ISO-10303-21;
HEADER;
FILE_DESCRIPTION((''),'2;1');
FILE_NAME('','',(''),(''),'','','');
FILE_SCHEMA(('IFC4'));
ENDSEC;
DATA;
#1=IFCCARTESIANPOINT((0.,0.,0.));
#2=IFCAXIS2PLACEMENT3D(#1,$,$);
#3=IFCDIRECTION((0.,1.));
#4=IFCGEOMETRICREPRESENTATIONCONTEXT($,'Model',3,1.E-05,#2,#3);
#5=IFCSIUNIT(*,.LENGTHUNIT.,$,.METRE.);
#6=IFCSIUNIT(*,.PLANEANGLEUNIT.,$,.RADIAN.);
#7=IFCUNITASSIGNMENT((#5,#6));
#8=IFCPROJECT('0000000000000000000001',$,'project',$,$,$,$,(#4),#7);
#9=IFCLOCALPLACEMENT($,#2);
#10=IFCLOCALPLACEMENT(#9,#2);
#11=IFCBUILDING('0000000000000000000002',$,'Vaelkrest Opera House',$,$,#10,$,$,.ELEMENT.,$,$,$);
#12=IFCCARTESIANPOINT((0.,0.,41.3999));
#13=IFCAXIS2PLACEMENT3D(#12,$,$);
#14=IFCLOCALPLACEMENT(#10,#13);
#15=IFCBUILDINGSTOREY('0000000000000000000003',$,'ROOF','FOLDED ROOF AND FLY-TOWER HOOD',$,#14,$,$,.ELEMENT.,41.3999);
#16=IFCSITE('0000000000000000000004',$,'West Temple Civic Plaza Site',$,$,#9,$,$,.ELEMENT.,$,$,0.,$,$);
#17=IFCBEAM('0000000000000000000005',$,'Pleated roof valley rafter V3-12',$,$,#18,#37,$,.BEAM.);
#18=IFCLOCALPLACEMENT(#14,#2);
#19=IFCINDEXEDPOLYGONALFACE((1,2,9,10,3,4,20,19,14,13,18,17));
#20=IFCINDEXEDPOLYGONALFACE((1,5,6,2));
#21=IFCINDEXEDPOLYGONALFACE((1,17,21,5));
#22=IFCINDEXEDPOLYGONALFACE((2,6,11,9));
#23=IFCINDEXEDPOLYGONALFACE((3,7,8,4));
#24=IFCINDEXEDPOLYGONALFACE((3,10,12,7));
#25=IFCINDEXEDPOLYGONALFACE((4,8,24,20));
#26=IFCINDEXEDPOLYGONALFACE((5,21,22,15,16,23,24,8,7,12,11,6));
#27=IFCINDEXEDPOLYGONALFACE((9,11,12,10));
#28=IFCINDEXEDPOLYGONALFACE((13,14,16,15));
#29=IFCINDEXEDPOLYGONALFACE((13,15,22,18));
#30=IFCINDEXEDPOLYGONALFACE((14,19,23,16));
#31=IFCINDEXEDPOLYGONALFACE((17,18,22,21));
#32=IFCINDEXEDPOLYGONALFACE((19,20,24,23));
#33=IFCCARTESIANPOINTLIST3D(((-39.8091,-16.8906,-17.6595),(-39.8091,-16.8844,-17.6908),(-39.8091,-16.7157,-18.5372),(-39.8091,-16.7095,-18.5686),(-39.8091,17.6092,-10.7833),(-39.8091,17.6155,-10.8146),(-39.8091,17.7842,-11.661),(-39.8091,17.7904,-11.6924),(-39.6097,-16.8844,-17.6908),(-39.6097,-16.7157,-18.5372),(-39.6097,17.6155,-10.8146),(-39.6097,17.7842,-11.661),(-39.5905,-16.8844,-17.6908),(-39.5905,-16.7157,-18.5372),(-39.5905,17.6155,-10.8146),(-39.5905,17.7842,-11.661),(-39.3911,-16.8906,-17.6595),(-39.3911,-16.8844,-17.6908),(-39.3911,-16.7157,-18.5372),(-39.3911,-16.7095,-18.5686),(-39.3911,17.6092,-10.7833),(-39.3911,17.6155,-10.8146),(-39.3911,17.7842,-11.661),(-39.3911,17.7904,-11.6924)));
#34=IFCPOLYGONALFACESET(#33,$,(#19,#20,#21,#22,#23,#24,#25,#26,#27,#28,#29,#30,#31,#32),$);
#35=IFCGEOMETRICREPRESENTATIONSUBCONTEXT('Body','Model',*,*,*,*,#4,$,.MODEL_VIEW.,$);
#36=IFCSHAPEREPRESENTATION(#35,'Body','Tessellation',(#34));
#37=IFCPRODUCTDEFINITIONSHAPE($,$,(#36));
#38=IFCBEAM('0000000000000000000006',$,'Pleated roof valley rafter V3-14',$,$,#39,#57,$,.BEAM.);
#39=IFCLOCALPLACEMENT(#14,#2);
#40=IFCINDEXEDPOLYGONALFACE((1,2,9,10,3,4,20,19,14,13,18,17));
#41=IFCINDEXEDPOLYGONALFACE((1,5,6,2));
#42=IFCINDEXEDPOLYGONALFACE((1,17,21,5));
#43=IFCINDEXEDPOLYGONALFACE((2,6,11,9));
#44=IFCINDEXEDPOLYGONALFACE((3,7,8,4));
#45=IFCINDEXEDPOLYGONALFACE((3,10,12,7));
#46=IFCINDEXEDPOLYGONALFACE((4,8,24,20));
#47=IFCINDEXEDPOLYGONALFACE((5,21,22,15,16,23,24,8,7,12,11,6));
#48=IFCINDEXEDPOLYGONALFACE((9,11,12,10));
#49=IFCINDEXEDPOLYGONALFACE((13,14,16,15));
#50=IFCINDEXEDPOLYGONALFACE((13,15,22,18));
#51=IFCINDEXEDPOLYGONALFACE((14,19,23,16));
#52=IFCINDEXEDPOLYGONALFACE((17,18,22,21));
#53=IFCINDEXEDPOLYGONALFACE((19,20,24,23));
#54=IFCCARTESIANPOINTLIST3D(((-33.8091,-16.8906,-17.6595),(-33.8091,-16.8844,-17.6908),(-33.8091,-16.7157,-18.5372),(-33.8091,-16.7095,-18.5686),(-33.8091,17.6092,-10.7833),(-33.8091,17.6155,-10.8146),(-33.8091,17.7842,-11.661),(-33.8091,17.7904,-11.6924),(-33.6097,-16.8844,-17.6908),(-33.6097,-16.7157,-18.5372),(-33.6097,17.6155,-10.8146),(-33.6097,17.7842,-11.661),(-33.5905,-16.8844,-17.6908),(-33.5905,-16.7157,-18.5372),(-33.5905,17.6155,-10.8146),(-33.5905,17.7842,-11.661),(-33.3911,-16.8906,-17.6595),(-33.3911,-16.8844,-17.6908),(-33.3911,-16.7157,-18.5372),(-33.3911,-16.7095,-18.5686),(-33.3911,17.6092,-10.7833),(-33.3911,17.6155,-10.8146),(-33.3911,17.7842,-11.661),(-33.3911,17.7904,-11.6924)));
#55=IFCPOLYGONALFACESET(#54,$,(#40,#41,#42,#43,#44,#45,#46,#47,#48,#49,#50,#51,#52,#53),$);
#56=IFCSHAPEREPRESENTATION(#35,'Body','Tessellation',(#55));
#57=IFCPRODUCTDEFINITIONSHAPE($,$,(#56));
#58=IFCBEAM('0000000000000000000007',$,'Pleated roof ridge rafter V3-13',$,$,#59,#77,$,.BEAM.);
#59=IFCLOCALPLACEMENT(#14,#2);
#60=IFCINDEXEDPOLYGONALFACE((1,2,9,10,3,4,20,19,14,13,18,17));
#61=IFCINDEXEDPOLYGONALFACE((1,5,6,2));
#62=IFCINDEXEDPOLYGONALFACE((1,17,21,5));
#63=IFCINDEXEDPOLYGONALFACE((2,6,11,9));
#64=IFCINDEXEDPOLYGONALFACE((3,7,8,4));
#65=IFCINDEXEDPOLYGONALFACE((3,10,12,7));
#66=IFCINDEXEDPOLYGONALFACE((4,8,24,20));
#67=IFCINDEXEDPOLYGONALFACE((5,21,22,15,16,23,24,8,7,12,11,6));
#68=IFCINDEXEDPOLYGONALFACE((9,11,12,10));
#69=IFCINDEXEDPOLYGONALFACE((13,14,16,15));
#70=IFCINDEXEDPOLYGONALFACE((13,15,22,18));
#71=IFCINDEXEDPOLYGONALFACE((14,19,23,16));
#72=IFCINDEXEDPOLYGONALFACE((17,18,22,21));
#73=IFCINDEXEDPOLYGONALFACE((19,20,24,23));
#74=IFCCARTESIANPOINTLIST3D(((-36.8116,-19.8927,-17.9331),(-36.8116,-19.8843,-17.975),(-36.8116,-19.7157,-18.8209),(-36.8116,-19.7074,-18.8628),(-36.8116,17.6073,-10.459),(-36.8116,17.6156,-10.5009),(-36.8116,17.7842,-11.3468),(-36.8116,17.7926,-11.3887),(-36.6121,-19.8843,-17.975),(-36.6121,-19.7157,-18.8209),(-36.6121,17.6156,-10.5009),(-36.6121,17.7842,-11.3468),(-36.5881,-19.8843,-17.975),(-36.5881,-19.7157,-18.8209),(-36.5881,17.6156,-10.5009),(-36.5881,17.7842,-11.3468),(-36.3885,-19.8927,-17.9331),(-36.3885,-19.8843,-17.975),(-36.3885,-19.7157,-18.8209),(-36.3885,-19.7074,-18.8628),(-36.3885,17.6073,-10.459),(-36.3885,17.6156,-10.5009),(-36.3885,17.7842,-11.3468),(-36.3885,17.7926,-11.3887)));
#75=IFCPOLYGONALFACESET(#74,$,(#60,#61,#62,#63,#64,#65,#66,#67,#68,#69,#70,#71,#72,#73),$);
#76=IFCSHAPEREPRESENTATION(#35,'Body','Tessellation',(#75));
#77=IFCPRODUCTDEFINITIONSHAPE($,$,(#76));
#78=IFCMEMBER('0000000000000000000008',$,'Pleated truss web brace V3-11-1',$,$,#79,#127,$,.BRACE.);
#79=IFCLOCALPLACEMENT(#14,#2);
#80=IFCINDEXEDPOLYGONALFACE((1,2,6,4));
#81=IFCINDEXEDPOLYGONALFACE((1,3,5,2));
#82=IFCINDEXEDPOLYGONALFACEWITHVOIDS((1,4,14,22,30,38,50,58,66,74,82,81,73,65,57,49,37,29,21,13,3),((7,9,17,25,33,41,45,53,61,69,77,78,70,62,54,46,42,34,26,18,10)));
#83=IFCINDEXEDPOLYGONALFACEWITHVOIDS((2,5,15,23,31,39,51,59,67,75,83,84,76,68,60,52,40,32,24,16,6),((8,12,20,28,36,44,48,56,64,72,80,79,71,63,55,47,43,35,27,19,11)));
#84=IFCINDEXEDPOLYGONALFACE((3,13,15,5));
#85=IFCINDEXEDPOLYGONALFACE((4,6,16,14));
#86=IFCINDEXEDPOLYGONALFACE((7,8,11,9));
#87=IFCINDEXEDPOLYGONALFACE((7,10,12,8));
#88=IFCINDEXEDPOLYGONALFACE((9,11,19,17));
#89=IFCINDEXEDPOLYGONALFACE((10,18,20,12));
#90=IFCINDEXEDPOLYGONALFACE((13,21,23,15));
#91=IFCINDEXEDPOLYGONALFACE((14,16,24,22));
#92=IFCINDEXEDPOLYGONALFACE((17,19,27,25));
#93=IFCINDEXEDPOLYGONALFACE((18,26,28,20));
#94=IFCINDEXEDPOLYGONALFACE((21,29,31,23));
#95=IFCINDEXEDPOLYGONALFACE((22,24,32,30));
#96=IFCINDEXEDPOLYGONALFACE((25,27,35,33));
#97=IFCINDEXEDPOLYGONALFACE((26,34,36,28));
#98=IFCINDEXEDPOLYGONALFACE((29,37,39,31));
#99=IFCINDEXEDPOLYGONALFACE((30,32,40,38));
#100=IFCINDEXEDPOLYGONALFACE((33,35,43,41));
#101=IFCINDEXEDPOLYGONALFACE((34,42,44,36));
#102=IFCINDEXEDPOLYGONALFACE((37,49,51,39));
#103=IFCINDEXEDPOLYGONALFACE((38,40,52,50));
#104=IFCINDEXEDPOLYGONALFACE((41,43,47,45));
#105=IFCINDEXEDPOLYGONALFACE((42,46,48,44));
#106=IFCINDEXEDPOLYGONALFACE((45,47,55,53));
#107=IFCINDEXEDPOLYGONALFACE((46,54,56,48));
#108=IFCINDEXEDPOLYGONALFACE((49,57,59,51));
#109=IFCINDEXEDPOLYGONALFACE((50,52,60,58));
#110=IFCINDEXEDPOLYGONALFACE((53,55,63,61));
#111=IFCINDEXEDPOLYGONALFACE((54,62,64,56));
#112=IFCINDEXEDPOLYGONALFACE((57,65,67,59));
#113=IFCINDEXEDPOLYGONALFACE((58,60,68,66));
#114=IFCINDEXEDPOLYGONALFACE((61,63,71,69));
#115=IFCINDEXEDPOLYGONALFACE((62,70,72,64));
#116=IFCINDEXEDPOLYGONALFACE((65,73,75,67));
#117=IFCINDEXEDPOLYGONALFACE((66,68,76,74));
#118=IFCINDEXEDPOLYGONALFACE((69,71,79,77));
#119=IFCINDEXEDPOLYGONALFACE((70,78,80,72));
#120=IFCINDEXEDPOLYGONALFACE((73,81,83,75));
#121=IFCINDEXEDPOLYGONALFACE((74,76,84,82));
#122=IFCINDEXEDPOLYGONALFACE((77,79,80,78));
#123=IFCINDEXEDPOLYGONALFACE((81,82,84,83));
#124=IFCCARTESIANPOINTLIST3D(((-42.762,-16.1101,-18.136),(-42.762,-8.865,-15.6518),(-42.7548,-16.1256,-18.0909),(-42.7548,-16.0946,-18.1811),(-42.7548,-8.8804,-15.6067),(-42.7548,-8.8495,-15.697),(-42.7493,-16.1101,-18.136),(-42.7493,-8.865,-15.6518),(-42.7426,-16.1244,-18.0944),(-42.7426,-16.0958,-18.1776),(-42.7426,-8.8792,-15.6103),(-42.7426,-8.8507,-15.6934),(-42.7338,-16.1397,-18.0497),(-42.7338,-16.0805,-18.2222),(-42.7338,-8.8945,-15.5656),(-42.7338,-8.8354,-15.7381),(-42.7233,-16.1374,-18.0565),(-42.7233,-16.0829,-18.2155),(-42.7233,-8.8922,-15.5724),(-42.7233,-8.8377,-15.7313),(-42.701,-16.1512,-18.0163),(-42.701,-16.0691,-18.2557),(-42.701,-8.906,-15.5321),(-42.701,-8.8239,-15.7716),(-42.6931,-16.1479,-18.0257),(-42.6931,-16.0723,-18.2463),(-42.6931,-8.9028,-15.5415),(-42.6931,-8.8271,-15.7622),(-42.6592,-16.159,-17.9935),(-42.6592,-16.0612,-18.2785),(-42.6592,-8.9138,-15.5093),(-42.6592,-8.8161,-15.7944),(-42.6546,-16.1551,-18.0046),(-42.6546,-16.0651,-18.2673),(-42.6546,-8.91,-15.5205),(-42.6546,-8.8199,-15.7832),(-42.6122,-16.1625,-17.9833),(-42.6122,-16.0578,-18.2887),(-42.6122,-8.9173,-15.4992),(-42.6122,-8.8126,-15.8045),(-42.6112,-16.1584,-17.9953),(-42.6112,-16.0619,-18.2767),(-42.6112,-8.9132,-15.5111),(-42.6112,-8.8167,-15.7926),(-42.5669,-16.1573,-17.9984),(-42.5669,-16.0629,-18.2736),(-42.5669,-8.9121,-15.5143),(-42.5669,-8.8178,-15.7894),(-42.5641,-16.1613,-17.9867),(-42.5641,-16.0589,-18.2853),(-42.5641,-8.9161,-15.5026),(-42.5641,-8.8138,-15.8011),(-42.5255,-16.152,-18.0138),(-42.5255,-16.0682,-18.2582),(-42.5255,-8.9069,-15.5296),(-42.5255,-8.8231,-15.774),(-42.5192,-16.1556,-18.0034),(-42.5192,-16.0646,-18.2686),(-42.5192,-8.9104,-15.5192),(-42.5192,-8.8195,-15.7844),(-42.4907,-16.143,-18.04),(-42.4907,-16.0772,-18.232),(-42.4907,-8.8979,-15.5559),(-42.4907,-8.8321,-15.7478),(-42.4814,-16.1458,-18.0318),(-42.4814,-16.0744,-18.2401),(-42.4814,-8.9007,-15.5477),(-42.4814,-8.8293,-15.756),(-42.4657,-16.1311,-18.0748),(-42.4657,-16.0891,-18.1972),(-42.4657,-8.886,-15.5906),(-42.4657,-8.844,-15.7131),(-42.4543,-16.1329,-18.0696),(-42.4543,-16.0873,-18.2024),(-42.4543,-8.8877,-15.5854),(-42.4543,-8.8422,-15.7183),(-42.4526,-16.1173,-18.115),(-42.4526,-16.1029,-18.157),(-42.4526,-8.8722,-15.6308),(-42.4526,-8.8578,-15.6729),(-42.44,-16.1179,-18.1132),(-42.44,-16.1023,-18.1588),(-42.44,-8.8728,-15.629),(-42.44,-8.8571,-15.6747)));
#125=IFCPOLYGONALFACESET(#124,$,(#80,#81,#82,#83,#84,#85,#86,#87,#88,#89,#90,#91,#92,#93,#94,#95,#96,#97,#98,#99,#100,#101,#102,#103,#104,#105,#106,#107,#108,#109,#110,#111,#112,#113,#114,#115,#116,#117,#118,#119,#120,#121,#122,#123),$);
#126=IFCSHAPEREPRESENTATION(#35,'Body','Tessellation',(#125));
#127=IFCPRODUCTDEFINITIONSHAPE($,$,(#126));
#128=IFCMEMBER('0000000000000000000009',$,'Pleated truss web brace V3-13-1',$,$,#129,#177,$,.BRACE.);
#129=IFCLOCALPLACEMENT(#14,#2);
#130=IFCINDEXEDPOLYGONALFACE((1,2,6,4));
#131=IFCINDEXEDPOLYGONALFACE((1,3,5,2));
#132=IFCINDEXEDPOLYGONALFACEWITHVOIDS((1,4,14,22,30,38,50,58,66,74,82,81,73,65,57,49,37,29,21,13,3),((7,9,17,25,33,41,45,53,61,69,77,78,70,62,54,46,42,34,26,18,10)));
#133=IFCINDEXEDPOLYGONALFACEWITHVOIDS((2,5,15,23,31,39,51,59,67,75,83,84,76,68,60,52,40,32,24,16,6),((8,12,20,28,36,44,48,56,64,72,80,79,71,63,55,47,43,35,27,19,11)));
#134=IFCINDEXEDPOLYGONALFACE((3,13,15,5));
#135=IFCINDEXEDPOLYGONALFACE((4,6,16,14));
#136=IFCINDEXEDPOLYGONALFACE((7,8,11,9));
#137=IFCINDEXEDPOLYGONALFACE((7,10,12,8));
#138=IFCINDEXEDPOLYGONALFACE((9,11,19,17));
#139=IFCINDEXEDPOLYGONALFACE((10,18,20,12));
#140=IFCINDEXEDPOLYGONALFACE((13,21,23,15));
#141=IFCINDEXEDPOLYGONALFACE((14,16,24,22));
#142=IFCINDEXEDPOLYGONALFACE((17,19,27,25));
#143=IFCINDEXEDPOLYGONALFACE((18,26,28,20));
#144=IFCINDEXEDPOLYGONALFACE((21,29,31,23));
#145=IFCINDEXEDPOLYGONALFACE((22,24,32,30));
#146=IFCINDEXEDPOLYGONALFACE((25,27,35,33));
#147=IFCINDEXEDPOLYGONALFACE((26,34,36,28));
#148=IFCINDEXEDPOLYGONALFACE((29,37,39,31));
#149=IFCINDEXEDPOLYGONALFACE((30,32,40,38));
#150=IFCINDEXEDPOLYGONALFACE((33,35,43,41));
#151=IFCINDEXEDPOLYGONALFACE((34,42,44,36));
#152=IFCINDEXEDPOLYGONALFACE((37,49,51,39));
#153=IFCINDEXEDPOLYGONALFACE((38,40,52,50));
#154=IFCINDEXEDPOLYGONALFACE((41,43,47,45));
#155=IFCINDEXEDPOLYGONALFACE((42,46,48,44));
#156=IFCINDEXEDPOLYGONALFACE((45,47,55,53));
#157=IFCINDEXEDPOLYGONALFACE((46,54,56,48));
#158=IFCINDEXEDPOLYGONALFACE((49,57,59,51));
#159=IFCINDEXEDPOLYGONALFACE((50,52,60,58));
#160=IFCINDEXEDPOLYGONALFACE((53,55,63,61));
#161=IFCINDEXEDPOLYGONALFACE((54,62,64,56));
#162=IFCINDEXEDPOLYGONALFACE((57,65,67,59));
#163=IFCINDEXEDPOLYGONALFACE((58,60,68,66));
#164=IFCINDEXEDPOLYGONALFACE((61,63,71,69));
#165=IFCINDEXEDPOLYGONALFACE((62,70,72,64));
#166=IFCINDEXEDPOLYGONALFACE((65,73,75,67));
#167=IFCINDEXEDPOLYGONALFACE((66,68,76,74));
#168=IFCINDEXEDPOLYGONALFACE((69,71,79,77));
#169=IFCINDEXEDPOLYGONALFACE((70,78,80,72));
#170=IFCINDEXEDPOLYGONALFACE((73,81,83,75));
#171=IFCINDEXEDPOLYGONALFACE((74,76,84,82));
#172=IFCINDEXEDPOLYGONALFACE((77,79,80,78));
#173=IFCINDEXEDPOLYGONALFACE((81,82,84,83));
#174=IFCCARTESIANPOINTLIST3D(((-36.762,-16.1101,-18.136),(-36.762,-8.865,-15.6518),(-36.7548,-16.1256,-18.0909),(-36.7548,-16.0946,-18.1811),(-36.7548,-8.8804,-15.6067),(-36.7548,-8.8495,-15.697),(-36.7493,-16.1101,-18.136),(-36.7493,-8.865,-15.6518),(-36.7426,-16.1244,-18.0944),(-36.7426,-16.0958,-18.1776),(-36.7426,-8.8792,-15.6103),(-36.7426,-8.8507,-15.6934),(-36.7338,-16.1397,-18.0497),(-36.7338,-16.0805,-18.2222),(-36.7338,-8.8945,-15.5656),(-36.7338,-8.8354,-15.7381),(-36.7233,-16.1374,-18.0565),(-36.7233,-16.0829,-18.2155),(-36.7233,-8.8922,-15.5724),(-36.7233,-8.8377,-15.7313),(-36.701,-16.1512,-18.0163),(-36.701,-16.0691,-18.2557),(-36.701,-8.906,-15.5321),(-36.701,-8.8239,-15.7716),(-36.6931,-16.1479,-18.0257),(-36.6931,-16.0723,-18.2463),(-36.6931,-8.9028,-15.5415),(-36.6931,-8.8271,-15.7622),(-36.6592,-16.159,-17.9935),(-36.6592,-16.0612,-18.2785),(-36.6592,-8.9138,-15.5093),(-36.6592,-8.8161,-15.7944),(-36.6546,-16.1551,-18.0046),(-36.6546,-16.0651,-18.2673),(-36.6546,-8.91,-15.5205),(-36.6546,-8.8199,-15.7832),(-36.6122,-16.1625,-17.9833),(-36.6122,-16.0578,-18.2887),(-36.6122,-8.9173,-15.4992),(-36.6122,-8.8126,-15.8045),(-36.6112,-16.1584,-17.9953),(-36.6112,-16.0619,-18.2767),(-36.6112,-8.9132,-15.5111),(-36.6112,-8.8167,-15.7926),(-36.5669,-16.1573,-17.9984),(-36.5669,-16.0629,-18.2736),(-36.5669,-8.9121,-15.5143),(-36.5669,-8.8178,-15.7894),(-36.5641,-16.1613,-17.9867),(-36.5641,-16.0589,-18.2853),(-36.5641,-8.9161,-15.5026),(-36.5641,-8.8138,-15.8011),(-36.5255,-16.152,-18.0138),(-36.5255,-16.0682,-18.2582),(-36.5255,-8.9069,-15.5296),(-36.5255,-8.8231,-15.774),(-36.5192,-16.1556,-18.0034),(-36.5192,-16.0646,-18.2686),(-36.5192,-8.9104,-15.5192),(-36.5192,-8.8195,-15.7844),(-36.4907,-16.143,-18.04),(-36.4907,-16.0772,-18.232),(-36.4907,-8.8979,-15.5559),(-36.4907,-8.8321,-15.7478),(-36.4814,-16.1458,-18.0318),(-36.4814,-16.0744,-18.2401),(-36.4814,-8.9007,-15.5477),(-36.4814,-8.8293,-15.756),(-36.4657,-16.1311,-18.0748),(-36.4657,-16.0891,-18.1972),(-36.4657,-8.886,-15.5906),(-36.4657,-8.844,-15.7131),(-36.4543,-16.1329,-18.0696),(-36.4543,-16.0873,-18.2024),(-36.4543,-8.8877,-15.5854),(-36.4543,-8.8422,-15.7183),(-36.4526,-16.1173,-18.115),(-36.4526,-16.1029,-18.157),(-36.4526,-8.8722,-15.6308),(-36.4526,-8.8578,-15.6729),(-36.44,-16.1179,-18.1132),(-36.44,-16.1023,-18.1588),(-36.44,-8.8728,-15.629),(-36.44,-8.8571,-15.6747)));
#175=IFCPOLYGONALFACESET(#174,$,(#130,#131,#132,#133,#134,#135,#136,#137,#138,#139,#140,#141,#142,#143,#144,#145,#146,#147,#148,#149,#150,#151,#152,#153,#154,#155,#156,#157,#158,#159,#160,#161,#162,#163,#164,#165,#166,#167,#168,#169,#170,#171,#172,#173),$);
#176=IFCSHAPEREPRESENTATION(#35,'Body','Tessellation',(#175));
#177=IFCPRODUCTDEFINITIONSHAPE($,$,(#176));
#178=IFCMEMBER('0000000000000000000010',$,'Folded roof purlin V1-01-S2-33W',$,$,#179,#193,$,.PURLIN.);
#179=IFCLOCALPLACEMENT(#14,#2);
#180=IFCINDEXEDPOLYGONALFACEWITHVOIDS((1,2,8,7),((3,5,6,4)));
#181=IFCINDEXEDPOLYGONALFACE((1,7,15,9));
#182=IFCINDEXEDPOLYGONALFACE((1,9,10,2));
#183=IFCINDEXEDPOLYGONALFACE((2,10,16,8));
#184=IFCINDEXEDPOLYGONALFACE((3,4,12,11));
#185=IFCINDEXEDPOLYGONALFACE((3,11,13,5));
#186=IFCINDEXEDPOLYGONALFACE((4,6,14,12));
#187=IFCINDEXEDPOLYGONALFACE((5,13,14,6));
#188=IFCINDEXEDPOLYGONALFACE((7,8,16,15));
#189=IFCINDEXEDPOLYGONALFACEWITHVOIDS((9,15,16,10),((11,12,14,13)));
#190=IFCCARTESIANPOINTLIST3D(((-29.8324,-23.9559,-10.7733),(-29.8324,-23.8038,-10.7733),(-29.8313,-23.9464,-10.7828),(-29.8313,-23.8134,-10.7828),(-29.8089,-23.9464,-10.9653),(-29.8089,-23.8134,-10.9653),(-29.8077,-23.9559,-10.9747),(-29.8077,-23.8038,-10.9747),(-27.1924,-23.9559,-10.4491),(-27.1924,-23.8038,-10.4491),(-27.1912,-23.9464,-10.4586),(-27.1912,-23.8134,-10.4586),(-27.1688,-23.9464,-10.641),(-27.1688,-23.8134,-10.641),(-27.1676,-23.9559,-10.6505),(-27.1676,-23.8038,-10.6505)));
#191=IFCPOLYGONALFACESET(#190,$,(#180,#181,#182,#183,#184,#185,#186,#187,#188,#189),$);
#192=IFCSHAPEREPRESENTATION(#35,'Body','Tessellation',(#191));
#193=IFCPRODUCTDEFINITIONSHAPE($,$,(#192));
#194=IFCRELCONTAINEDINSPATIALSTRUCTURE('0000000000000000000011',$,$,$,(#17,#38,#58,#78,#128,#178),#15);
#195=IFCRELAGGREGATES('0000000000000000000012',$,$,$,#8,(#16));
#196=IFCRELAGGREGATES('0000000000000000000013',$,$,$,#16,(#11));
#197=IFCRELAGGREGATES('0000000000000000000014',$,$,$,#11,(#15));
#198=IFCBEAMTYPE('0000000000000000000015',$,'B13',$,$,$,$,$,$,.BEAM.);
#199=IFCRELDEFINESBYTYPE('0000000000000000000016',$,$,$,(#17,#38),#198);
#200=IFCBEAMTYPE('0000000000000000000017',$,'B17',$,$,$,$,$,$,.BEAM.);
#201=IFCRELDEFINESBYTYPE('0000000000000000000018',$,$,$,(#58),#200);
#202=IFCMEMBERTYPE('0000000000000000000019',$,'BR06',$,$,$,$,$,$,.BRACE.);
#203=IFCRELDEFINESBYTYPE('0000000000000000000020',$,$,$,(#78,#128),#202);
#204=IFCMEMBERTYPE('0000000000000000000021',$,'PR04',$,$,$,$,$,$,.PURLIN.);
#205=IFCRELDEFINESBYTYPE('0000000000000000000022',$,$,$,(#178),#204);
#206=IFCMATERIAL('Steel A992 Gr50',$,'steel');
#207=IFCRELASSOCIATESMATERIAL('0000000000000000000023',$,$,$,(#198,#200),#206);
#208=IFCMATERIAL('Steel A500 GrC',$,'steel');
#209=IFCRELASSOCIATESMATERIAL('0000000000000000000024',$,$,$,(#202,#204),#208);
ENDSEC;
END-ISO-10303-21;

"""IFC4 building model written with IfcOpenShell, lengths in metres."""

from ifc_helpers import new_model, si_unit, direction, frame, origin, origin_2d, place, context, subcontext, project, spatial, hollow_rectangle, hollow_circle, i_section, extrude, material, material_profile, profile_set, type_object, element, save


model = new_model("IFC4")

# Units and contexts
model_context = context("Model", 3, precision=1e-05, world=origin(), true_north=direction((0.0, 1.0)))
body_context = subcontext(model_context, "Body", "Model", "MODEL_VIEW")
ifc_project = project(units=[si_unit("LENGTHUNIT", "METRE"), si_unit("PLANEANGLEUNIT", "RADIAN")], contexts=[model_context])

# Site, building, storey
site_placement = place(None, origin())
site = spatial("IfcSite", under=ifc_project, at=site_placement, Name="West Temple Civic Plaza Site", CompositionType="ELEMENT", RefElevation=0.0)
building_placement = place(site_placement, origin())
building = spatial("IfcBuilding", under=site, at=building_placement, Name="Vaelkrest Opera House", CompositionType="ELEMENT")
storey_placement = place(building_placement, frame((0.0, 0.0, 41.3999)))
storey = spatial("IfcBuildingStorey", under=building, at=storey_placement, Name="ROOF", Description="FOLDED ROOF AND FLY-TOWER HOOD", CompositionType="ELEMENT", Elevation=41.3999)

# Beams
ifc_material_1 = material(Name="Steel A992 Gr50", Category="steel")
ifc_material_profile_1 = material_profile(ifc_material_1, i_section(OverallWidth=0.418, OverallDepth=0.927, WebThickness=0.0193, FlangeThickness=0.032, at=origin_2d()), Name="W36X231")
ifc_profile_set_1 = profile_set([ifc_material_profile_1], Name="Steel A992 Gr50")
beam_type_1 = type_object("IfcBeamType", Name="B13", PredefinedType="BEAM", material=ifc_profile_set_1)
for number, where, z_axis, x_axis, name in (
    (1, (-39.6001, -16.8, -18.114), (0.0, 0.98071, 0.195466), (-1.0, 0.0, 0.0), "Pleated roof valley rafter V3-12"),
    (2, (-33.6001, -16.8, -18.114), (0.0, 0.98071, 0.195466), (-1.0, 0.0, 0.0), "Pleated roof valley rafter V3-14"),
):
    element("IfcBeam", number, at=place(storey_placement, frame(where, z_axis=z_axis, x_axis=x_axis)), inside=storey, type_object=beam_type_1, Name=name, PredefinedType="BEAM", context=body_context, shape_type="SweptSolid", body=[
        extrude(i_section(OverallWidth=0.418, OverallDepth=0.927, WebThickness=0.0193, FlangeThickness=0.032, at=origin_2d()), origin(), (0.0, 0.0, 1.0), 35.1785),
    ])
ifc_material_profile_2 = material_profile(ifc_material_1, i_section(OverallWidth=0.4231, OverallDepth=0.948, WebThickness=0.0239, FlangeThickness=0.0427, at=origin_2d()), Name="W36X302")
ifc_profile_set_2 = profile_set([ifc_material_profile_2], Name="Steel A992 Gr50")
beam_type_2 = type_object("IfcBeamType", Name="B17", PredefinedType="BEAM", material=ifc_profile_set_2)
beam_placement = place(storey_placement, frame((-36.6001, -19.8, -18.3979), z_axis=(0.0, 0.980711, 0.195465), x_axis=(-1.0, 0.0, 0.0)))
element("IfcBeam", 3, at=beam_placement, inside=storey, type_object=beam_type_2, Name="Pleated roof ridge rafter V3-13", PredefinedType="BEAM", context=body_context, shape_type="SweptSolid", body=[
    extrude(i_section(OverallWidth=0.4231, OverallDepth=0.948, WebThickness=0.0239, FlangeThickness=0.0427, at=origin_2d()), origin(), (0.0, 0.0, 1.0), 38.2375),
])

# Members
ifc_material_2 = material(Name="Steel A500 GrC", Category="steel")
ifc_material_profile_3 = material_profile(ifc_material_2, hollow_circle(Radius=0.1619, WallThickness=0.0127, at=origin_2d()), Name="HSS323.9X12.7")
ifc_profile_set_3 = profile_set([ifc_material_profile_3], Name="Steel A500 GrC")
member_type_1 = type_object("IfcMemberType", Name="BR06", PredefinedType="BRACE", material=ifc_profile_set_3)
for number, where, z_axis, x_axis, name in (
    (4, (-42.6001, -16.1101, -18.136), (0.0, 0.945942, 0.324335), (-1.0, 0.0, 0.0), "Pleated truss web brace V3-11-1"),
    (5, (-36.6001, -16.1101, -18.136), (0.0, 0.945942, 0.324335), (-1.0, 0.0, 0.0), "Pleated truss web brace V3-13-1"),
):
    element("IfcMember", number, at=place(storey_placement, frame(where, z_axis=z_axis, x_axis=x_axis)), inside=storey, type_object=member_type_1, Name=name, PredefinedType="BRACE", context=body_context, shape_type="SweptSolid", body=[
        extrude(hollow_circle(Radius=0.1619, WallThickness=0.0127, at=origin_2d()), origin(), (0.0, 0.0, 1.0), 7.6592),
    ])
ifc_material_profile_4 = material_profile(ifc_material_2, hollow_rectangle(XDim=0.1521, YDim=0.2029, WallThickness=0.0095, at=origin_2d()), Name="HSS203X152X9.5")
ifc_profile_set_4 = profile_set([ifc_material_profile_4], Name="Steel A500 GrC")
member_type_2 = type_object("IfcMemberType", Name="PR04", PredefinedType="PURLIN", material=ifc_profile_set_4)
for number, where, z_axis, x_axis, name in (
    (6, (-29.8201, -23.8799, -10.874), (0.992544, 0.0, 0.121888), (0.0, 1.0, 0.0), "Folded roof purlin V1-01-S2-33W"),
):
    element("IfcMember", number, at=place(storey_placement, frame(where, z_axis=z_axis, x_axis=x_axis)), inside=storey, type_object=member_type_2, Name=name, PredefinedType="PURLIN", context=body_context, shape_type="SweptSolid", body=[
        extrude(hollow_rectangle(XDim=0.1521, YDim=0.2029, WallThickness=0.0095, at=origin_2d()), origin(), (0.0, 0.0, 1.0), 2.6599),
    ])

save(model, "model.ifc")
